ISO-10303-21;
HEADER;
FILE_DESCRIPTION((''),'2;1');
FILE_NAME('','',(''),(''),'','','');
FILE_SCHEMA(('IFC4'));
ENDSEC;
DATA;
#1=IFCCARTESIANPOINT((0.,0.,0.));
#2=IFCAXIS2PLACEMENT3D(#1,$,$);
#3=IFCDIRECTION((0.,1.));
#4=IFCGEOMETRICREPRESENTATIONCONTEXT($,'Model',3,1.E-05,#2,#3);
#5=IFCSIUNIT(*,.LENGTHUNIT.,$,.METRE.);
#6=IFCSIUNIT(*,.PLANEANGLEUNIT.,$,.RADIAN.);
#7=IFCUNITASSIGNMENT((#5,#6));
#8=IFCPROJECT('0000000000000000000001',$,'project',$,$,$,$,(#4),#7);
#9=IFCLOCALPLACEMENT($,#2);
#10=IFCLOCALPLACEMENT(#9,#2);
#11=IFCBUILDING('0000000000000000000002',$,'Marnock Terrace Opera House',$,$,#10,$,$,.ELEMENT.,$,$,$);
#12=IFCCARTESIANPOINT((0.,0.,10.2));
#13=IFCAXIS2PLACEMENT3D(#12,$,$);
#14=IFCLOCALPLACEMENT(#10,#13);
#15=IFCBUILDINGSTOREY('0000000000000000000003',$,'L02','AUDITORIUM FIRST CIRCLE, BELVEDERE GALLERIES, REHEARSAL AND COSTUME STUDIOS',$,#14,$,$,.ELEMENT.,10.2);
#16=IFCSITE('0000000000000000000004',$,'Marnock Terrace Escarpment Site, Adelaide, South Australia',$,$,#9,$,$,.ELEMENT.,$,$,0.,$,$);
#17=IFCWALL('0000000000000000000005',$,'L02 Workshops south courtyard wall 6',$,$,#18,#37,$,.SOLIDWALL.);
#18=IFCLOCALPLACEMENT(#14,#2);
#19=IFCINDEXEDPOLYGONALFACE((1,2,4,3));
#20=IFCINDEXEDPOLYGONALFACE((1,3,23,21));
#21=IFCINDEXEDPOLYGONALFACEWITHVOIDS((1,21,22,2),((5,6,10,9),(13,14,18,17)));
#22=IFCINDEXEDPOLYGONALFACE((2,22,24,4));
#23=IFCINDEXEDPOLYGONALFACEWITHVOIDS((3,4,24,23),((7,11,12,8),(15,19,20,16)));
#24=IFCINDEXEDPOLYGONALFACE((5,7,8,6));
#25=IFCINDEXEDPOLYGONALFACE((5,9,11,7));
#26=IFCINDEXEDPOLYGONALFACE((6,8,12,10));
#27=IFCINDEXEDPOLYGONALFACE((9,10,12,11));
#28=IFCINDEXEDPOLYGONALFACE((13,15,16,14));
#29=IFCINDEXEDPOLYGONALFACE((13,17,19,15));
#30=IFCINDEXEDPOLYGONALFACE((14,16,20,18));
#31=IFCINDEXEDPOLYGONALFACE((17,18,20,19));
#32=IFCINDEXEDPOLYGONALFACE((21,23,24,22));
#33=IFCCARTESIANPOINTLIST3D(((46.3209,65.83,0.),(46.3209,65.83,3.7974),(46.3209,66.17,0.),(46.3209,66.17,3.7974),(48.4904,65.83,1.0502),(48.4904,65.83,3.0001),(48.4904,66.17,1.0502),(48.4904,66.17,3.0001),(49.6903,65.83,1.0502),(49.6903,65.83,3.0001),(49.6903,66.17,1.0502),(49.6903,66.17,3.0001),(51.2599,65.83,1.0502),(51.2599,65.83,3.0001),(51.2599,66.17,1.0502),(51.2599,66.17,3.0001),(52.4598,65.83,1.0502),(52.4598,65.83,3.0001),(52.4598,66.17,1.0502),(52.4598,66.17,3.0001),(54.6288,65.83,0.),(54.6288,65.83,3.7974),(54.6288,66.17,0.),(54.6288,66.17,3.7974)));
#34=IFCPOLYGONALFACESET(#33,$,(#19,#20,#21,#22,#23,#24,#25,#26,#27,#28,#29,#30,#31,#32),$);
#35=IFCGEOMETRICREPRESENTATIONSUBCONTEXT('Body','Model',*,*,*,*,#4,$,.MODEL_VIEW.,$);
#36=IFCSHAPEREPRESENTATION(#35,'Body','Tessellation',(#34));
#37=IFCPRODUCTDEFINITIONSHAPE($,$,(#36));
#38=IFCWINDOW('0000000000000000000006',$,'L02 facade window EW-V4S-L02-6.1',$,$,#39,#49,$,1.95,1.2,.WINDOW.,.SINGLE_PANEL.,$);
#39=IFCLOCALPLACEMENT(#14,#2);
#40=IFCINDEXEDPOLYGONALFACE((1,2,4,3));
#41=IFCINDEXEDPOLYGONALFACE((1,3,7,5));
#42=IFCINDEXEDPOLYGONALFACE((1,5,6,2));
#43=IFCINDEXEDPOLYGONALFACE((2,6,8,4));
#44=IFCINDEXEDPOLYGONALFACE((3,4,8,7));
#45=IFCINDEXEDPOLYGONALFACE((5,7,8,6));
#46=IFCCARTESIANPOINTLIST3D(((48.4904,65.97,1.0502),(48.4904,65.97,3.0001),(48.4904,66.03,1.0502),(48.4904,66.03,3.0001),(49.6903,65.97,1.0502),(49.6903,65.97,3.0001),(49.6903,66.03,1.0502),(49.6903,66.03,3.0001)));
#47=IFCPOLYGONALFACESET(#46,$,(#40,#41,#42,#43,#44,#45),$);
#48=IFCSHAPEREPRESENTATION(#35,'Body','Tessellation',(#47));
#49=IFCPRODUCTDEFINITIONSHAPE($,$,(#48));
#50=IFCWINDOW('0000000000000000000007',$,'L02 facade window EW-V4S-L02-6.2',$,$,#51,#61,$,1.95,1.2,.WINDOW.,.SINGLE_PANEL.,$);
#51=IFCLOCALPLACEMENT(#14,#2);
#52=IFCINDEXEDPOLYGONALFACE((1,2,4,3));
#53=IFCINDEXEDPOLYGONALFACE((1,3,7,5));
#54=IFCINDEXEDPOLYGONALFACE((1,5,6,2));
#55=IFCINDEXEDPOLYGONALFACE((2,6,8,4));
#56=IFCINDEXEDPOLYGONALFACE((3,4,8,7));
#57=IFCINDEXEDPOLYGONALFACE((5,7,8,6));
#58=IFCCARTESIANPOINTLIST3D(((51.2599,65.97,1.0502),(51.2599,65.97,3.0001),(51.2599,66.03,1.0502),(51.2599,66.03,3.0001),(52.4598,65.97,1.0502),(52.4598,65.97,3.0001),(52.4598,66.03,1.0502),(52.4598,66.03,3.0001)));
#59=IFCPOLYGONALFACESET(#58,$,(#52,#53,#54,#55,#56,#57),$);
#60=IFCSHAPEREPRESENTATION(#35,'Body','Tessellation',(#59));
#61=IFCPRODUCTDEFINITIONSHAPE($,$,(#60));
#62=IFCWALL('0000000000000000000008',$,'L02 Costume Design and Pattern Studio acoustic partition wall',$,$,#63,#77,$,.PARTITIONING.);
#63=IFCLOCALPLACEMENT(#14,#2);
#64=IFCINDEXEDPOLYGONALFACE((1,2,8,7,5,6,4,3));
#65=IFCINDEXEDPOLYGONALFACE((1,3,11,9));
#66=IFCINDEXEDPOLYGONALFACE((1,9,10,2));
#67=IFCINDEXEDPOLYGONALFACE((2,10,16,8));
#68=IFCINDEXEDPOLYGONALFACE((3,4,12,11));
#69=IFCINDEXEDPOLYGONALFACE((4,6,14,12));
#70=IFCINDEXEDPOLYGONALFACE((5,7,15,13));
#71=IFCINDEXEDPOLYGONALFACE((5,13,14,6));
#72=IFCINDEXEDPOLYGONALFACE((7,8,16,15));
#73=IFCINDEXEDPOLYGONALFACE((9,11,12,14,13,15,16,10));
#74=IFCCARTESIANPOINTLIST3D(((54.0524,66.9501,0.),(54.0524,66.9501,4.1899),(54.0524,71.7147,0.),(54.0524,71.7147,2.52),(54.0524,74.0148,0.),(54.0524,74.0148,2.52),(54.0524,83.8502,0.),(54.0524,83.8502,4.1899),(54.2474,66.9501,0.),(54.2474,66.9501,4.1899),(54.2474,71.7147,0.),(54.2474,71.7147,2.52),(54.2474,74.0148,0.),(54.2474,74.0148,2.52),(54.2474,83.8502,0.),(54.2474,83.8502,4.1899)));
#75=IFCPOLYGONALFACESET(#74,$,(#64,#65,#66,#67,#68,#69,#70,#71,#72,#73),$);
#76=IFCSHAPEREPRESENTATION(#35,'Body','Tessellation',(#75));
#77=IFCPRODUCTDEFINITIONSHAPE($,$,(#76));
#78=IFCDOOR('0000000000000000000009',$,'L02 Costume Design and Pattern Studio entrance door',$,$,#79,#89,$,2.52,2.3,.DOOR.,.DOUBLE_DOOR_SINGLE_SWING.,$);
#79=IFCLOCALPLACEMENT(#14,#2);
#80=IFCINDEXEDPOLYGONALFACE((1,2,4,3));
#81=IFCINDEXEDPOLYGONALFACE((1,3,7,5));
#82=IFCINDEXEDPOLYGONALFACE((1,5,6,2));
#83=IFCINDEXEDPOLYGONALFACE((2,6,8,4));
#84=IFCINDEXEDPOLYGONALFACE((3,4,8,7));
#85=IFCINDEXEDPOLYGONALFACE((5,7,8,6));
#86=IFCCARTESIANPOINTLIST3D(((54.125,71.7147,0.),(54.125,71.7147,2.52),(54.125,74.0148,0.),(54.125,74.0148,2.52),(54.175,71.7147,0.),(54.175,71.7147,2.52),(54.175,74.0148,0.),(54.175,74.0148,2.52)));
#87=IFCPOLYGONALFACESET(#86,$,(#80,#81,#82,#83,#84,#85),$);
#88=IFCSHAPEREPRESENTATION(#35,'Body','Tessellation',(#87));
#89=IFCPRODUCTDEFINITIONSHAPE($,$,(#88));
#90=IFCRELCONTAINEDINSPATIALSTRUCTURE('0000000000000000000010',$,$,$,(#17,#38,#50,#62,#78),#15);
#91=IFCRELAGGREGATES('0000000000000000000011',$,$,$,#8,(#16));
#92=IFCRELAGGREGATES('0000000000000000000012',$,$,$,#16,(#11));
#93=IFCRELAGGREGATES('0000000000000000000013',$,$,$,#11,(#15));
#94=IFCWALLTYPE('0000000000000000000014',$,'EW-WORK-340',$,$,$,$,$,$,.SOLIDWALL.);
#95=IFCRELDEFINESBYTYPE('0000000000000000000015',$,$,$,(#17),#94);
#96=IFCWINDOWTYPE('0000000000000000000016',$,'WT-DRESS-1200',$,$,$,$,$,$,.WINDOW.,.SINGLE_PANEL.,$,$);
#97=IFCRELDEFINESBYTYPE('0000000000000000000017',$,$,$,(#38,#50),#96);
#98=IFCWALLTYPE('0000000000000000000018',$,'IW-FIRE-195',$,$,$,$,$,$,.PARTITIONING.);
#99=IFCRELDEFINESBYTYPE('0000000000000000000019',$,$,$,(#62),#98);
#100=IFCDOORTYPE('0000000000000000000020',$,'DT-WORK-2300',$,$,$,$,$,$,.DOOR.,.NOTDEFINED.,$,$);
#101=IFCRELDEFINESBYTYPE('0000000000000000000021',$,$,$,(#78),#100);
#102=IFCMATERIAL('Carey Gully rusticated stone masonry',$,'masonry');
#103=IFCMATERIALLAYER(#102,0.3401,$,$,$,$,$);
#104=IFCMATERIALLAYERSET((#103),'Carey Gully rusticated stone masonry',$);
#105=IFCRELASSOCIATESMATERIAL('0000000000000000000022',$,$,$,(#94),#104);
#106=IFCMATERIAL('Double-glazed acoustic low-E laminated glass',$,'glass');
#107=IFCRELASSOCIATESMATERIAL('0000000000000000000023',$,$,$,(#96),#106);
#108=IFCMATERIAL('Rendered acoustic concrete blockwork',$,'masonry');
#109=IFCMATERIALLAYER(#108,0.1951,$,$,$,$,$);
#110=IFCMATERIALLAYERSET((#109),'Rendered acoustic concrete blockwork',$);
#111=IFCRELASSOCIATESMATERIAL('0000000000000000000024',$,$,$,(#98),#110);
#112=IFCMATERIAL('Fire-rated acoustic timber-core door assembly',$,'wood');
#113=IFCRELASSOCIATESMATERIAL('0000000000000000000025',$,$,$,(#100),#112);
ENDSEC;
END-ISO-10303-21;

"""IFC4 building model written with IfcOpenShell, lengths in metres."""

from ifc_helpers import new_model, si_unit, direction, frame, frame_2d, origin, place, context, subcontext, project, spatial, rectangle, extrude, material, layer, layer_set, type_object, element, fill, save


model = new_model("IFC4")

# Units and contexts
model_context = context("Model", 3, precision=1e-05, world=origin(), true_north=direction((0.0, 1.0)))
body_context = subcontext(model_context, "Body", "Model", "MODEL_VIEW")
ifc_project = project(units=[si_unit("LENGTHUNIT", "METRE"), si_unit("PLANEANGLEUNIT", "RADIAN")], contexts=[model_context])

# Site, building, storey
site_placement = place(None, origin())
site = spatial("IfcSite", under=ifc_project, at=site_placement, Name="Marnock Terrace Escarpment Site, Adelaide, South Australia", CompositionType="ELEMENT", RefElevation=0.0)
building_placement = place(site_placement, origin())
building = spatial("IfcBuilding", under=site, at=building_placement, Name="Marnock Terrace Opera House", CompositionType="ELEMENT")
storey_placement = place(building_placement, frame((0.0, 0.0, 10.2)))
storey = spatial("IfcBuildingStorey", under=building, at=storey_placement, Name="L02", Description="AUDITORIUM FIRST CIRCLE, BELVEDERE GALLERIES, REHEARSAL AND COSTUME STUDIOS", CompositionType="ELEMENT", Elevation=10.2)

# Shared definitions
ifc_material_1 = material(Name="Double-glazed acoustic low-E laminated glass", Category="glass")

# Wall, openings, windows
ifc_material_2 = material(Name="Carey Gully rusticated stone masonry", Category="masonry")
ifc_layer_1 = layer(ifc_material_2, 0.3401)
ifc_layer_set_1 = layer_set([ifc_layer_1], Name="Carey Gully rusticated stone masonry")
wall_type_1 = type_object("IfcWallType", Name="EW-WORK-340", PredefinedType="SOLIDWALL", material=ifc_layer_set_1)
wall_1_placement = place(storey_placement, frame((46.321, 66.0, 0.0), z_axis=(0.0, 0.0, 1.0), x_axis=(1.0, 0.0, 0.0)))
wall_1 = element("IfcWall", 1, at=wall_1_placement, inside=storey, type_object=wall_type_1, Name="L02 Workshops south courtyard wall 6", PredefinedType="SOLIDWALL", context=body_context, shape_type="SweptSolid", body=[
    extrude(rectangle(XDim=8.3079, YDim=0.3401, at=frame_2d((4.1538, 0.0))), origin(), (0.0, 0.0, 1.0), 3.7974),
])
opening_1_placement = place(wall_1_placement, frame((2.1692, 0.0, 1.05)))
opening_1 = element("IfcOpeningElement", 2, at=opening_1_placement, cuts=wall_1, PredefinedType="OPENING", context=body_context, shape_type="SweptSolid", body=[
    extrude(rectangle(XDim=1.2, YDim=1.95, at=frame_2d((0.6001, 0.9751))), frame((0.0, 0.1799, 0.0), z_axis=(0.0, -1.0, 0.0), x_axis=(1.0, 0.0, 0.0)), (0.0, 0.0, 1.0), 0.3601),
])
opening_2_placement = place(wall_1_placement, frame((4.9387, 0.0, 1.05)))
opening_2 = element("IfcOpeningElement", 3, at=opening_2_placement, cuts=wall_1, PredefinedType="OPENING", context=body_context, shape_type="SweptSolid", body=[
    extrude(rectangle(XDim=1.2, YDim=1.95, at=frame_2d((0.6001, 0.9751))), frame((0.0, 0.1799, 0.0), z_axis=(0.0, -1.0, 0.0), x_axis=(1.0, 0.0, 0.0)), (0.0, 0.0, 1.0), 0.3601),
])
window_type = type_object("IfcWindowType", Name="WT-DRESS-1200", PartitioningType="SINGLE_PANEL", PredefinedType="WINDOW", material=ifc_material_1)
window_1_placement = place(opening_1_placement, origin())
window_1 = element("IfcWindow", 4, at=window_1_placement, inside=storey, type_object=window_type, Name="L02 facade window EW-V4S-L02-6.1", OverallHeight=1.95, OverallWidth=1.2, PartitioningType="SINGLE_PANEL", PredefinedType="WINDOW", context=body_context, shape_type="SweptSolid", body=[
    extrude(rectangle(XDim=1.2, YDim=1.95, at=frame_2d((0.6001, 0.9751))), frame((0.0, 0.03, 0.0), z_axis=(0.0, -1.0, 0.0), x_axis=(1.0, 0.0, 0.0)), (0.0, 0.0, 1.0), 0.0601),
])
fill(opening_1, window_1)
window_2_placement = place(opening_2_placement, origin())
window_2 = element("IfcWindow", 5, at=window_2_placement, inside=storey, type_object=window_type, Name="L02 facade window EW-V4S-L02-6.2", OverallHeight=1.95, OverallWidth=1.2, PartitioningType="SINGLE_PANEL", PredefinedType="WINDOW", context=body_context, shape_type="SweptSolid", body=[
    extrude(rectangle(XDim=1.2, YDim=1.95, at=frame_2d((0.6001, 0.9751))), frame((0.0, 0.03, 0.0), z_axis=(0.0, -1.0, 0.0), x_axis=(1.0, 0.0, 0.0)), (0.0, 0.0, 1.0), 0.0601),
])
fill(opening_2, window_2)

# Wall, opening, door
ifc_material_3 = material(Name="Rendered acoustic concrete blockwork", Category="masonry")
ifc_layer_2 = layer(ifc_material_3, 0.1951)
ifc_layer_set_2 = layer_set([ifc_layer_2], Name="Rendered acoustic concrete blockwork")
wall_type_2 = type_object("IfcWallType", Name="IW-FIRE-195", PredefinedType="PARTITIONING", material=ifc_layer_set_2)
wall_2_placement = place(storey_placement, frame((54.1499, 66.95, 0.0), z_axis=(0.0, 0.0, 1.0), x_axis=(0.0, 1.0, 0.0)))
wall_2 = element("IfcWall", 6, at=wall_2_placement, inside=storey, type_object=wall_type_2, Name="L02 Costume Design and Pattern Studio acoustic partition wall", PredefinedType="PARTITIONING", context=body_context, shape_type="SweptSolid", body=[
    extrude(rectangle(XDim=16.9001, YDim=0.1951, at=frame_2d((8.4502, 0.0))), origin(), (0.0, 0.0, 1.0), 4.1899),
])
opening_3_placement = place(wall_2_placement, frame((4.7649, 0.0, 0.0)))
opening_3 = element("IfcOpeningElement", 7, at=opening_3_placement, cuts=wall_2, PredefinedType="OPENING", context=body_context, shape_type="SweptSolid", body=[
    extrude(rectangle(XDim=2.3, YDim=2.52, at=frame_2d((1.1499, 1.26))), frame((0.0, 0.1074, 0.0), z_axis=(0.0, -1.0, 0.0), x_axis=(1.0, 0.0, 0.0)), (0.0, 0.0, 1.0), 0.2151),
])
ifc_material_4 = material(Name="Fire-rated acoustic timber-core door assembly", Category="wood")
door_type = type_object("IfcDoorType", Name="DT-WORK-2300", OperationType="NOTDEFINED", PredefinedType="DOOR", material=ifc_material_4)
door_placement = place(opening_3_placement, origin())
door = element("IfcDoor", 8, at=door_placement, inside=storey, type_object=door_type, Name="L02 Costume Design and Pattern Studio entrance door", OperationType="DOUBLE_DOOR_SINGLE_SWING", OverallHeight=2.52, OverallWidth=2.3, PredefinedType="DOOR", context=body_context, shape_type="SweptSolid", body=[
    extrude(rectangle(XDim=2.3, YDim=2.52, at=frame_2d((1.1499, 1.26))), frame((0.0, 0.0249, 0.0), z_axis=(0.0, -1.0, 0.0), x_axis=(1.0, 0.0, 0.0)), (0.0, 0.0, 1.0), 0.05),
])
fill(opening_3, door)

save(model, "model.ifc")
